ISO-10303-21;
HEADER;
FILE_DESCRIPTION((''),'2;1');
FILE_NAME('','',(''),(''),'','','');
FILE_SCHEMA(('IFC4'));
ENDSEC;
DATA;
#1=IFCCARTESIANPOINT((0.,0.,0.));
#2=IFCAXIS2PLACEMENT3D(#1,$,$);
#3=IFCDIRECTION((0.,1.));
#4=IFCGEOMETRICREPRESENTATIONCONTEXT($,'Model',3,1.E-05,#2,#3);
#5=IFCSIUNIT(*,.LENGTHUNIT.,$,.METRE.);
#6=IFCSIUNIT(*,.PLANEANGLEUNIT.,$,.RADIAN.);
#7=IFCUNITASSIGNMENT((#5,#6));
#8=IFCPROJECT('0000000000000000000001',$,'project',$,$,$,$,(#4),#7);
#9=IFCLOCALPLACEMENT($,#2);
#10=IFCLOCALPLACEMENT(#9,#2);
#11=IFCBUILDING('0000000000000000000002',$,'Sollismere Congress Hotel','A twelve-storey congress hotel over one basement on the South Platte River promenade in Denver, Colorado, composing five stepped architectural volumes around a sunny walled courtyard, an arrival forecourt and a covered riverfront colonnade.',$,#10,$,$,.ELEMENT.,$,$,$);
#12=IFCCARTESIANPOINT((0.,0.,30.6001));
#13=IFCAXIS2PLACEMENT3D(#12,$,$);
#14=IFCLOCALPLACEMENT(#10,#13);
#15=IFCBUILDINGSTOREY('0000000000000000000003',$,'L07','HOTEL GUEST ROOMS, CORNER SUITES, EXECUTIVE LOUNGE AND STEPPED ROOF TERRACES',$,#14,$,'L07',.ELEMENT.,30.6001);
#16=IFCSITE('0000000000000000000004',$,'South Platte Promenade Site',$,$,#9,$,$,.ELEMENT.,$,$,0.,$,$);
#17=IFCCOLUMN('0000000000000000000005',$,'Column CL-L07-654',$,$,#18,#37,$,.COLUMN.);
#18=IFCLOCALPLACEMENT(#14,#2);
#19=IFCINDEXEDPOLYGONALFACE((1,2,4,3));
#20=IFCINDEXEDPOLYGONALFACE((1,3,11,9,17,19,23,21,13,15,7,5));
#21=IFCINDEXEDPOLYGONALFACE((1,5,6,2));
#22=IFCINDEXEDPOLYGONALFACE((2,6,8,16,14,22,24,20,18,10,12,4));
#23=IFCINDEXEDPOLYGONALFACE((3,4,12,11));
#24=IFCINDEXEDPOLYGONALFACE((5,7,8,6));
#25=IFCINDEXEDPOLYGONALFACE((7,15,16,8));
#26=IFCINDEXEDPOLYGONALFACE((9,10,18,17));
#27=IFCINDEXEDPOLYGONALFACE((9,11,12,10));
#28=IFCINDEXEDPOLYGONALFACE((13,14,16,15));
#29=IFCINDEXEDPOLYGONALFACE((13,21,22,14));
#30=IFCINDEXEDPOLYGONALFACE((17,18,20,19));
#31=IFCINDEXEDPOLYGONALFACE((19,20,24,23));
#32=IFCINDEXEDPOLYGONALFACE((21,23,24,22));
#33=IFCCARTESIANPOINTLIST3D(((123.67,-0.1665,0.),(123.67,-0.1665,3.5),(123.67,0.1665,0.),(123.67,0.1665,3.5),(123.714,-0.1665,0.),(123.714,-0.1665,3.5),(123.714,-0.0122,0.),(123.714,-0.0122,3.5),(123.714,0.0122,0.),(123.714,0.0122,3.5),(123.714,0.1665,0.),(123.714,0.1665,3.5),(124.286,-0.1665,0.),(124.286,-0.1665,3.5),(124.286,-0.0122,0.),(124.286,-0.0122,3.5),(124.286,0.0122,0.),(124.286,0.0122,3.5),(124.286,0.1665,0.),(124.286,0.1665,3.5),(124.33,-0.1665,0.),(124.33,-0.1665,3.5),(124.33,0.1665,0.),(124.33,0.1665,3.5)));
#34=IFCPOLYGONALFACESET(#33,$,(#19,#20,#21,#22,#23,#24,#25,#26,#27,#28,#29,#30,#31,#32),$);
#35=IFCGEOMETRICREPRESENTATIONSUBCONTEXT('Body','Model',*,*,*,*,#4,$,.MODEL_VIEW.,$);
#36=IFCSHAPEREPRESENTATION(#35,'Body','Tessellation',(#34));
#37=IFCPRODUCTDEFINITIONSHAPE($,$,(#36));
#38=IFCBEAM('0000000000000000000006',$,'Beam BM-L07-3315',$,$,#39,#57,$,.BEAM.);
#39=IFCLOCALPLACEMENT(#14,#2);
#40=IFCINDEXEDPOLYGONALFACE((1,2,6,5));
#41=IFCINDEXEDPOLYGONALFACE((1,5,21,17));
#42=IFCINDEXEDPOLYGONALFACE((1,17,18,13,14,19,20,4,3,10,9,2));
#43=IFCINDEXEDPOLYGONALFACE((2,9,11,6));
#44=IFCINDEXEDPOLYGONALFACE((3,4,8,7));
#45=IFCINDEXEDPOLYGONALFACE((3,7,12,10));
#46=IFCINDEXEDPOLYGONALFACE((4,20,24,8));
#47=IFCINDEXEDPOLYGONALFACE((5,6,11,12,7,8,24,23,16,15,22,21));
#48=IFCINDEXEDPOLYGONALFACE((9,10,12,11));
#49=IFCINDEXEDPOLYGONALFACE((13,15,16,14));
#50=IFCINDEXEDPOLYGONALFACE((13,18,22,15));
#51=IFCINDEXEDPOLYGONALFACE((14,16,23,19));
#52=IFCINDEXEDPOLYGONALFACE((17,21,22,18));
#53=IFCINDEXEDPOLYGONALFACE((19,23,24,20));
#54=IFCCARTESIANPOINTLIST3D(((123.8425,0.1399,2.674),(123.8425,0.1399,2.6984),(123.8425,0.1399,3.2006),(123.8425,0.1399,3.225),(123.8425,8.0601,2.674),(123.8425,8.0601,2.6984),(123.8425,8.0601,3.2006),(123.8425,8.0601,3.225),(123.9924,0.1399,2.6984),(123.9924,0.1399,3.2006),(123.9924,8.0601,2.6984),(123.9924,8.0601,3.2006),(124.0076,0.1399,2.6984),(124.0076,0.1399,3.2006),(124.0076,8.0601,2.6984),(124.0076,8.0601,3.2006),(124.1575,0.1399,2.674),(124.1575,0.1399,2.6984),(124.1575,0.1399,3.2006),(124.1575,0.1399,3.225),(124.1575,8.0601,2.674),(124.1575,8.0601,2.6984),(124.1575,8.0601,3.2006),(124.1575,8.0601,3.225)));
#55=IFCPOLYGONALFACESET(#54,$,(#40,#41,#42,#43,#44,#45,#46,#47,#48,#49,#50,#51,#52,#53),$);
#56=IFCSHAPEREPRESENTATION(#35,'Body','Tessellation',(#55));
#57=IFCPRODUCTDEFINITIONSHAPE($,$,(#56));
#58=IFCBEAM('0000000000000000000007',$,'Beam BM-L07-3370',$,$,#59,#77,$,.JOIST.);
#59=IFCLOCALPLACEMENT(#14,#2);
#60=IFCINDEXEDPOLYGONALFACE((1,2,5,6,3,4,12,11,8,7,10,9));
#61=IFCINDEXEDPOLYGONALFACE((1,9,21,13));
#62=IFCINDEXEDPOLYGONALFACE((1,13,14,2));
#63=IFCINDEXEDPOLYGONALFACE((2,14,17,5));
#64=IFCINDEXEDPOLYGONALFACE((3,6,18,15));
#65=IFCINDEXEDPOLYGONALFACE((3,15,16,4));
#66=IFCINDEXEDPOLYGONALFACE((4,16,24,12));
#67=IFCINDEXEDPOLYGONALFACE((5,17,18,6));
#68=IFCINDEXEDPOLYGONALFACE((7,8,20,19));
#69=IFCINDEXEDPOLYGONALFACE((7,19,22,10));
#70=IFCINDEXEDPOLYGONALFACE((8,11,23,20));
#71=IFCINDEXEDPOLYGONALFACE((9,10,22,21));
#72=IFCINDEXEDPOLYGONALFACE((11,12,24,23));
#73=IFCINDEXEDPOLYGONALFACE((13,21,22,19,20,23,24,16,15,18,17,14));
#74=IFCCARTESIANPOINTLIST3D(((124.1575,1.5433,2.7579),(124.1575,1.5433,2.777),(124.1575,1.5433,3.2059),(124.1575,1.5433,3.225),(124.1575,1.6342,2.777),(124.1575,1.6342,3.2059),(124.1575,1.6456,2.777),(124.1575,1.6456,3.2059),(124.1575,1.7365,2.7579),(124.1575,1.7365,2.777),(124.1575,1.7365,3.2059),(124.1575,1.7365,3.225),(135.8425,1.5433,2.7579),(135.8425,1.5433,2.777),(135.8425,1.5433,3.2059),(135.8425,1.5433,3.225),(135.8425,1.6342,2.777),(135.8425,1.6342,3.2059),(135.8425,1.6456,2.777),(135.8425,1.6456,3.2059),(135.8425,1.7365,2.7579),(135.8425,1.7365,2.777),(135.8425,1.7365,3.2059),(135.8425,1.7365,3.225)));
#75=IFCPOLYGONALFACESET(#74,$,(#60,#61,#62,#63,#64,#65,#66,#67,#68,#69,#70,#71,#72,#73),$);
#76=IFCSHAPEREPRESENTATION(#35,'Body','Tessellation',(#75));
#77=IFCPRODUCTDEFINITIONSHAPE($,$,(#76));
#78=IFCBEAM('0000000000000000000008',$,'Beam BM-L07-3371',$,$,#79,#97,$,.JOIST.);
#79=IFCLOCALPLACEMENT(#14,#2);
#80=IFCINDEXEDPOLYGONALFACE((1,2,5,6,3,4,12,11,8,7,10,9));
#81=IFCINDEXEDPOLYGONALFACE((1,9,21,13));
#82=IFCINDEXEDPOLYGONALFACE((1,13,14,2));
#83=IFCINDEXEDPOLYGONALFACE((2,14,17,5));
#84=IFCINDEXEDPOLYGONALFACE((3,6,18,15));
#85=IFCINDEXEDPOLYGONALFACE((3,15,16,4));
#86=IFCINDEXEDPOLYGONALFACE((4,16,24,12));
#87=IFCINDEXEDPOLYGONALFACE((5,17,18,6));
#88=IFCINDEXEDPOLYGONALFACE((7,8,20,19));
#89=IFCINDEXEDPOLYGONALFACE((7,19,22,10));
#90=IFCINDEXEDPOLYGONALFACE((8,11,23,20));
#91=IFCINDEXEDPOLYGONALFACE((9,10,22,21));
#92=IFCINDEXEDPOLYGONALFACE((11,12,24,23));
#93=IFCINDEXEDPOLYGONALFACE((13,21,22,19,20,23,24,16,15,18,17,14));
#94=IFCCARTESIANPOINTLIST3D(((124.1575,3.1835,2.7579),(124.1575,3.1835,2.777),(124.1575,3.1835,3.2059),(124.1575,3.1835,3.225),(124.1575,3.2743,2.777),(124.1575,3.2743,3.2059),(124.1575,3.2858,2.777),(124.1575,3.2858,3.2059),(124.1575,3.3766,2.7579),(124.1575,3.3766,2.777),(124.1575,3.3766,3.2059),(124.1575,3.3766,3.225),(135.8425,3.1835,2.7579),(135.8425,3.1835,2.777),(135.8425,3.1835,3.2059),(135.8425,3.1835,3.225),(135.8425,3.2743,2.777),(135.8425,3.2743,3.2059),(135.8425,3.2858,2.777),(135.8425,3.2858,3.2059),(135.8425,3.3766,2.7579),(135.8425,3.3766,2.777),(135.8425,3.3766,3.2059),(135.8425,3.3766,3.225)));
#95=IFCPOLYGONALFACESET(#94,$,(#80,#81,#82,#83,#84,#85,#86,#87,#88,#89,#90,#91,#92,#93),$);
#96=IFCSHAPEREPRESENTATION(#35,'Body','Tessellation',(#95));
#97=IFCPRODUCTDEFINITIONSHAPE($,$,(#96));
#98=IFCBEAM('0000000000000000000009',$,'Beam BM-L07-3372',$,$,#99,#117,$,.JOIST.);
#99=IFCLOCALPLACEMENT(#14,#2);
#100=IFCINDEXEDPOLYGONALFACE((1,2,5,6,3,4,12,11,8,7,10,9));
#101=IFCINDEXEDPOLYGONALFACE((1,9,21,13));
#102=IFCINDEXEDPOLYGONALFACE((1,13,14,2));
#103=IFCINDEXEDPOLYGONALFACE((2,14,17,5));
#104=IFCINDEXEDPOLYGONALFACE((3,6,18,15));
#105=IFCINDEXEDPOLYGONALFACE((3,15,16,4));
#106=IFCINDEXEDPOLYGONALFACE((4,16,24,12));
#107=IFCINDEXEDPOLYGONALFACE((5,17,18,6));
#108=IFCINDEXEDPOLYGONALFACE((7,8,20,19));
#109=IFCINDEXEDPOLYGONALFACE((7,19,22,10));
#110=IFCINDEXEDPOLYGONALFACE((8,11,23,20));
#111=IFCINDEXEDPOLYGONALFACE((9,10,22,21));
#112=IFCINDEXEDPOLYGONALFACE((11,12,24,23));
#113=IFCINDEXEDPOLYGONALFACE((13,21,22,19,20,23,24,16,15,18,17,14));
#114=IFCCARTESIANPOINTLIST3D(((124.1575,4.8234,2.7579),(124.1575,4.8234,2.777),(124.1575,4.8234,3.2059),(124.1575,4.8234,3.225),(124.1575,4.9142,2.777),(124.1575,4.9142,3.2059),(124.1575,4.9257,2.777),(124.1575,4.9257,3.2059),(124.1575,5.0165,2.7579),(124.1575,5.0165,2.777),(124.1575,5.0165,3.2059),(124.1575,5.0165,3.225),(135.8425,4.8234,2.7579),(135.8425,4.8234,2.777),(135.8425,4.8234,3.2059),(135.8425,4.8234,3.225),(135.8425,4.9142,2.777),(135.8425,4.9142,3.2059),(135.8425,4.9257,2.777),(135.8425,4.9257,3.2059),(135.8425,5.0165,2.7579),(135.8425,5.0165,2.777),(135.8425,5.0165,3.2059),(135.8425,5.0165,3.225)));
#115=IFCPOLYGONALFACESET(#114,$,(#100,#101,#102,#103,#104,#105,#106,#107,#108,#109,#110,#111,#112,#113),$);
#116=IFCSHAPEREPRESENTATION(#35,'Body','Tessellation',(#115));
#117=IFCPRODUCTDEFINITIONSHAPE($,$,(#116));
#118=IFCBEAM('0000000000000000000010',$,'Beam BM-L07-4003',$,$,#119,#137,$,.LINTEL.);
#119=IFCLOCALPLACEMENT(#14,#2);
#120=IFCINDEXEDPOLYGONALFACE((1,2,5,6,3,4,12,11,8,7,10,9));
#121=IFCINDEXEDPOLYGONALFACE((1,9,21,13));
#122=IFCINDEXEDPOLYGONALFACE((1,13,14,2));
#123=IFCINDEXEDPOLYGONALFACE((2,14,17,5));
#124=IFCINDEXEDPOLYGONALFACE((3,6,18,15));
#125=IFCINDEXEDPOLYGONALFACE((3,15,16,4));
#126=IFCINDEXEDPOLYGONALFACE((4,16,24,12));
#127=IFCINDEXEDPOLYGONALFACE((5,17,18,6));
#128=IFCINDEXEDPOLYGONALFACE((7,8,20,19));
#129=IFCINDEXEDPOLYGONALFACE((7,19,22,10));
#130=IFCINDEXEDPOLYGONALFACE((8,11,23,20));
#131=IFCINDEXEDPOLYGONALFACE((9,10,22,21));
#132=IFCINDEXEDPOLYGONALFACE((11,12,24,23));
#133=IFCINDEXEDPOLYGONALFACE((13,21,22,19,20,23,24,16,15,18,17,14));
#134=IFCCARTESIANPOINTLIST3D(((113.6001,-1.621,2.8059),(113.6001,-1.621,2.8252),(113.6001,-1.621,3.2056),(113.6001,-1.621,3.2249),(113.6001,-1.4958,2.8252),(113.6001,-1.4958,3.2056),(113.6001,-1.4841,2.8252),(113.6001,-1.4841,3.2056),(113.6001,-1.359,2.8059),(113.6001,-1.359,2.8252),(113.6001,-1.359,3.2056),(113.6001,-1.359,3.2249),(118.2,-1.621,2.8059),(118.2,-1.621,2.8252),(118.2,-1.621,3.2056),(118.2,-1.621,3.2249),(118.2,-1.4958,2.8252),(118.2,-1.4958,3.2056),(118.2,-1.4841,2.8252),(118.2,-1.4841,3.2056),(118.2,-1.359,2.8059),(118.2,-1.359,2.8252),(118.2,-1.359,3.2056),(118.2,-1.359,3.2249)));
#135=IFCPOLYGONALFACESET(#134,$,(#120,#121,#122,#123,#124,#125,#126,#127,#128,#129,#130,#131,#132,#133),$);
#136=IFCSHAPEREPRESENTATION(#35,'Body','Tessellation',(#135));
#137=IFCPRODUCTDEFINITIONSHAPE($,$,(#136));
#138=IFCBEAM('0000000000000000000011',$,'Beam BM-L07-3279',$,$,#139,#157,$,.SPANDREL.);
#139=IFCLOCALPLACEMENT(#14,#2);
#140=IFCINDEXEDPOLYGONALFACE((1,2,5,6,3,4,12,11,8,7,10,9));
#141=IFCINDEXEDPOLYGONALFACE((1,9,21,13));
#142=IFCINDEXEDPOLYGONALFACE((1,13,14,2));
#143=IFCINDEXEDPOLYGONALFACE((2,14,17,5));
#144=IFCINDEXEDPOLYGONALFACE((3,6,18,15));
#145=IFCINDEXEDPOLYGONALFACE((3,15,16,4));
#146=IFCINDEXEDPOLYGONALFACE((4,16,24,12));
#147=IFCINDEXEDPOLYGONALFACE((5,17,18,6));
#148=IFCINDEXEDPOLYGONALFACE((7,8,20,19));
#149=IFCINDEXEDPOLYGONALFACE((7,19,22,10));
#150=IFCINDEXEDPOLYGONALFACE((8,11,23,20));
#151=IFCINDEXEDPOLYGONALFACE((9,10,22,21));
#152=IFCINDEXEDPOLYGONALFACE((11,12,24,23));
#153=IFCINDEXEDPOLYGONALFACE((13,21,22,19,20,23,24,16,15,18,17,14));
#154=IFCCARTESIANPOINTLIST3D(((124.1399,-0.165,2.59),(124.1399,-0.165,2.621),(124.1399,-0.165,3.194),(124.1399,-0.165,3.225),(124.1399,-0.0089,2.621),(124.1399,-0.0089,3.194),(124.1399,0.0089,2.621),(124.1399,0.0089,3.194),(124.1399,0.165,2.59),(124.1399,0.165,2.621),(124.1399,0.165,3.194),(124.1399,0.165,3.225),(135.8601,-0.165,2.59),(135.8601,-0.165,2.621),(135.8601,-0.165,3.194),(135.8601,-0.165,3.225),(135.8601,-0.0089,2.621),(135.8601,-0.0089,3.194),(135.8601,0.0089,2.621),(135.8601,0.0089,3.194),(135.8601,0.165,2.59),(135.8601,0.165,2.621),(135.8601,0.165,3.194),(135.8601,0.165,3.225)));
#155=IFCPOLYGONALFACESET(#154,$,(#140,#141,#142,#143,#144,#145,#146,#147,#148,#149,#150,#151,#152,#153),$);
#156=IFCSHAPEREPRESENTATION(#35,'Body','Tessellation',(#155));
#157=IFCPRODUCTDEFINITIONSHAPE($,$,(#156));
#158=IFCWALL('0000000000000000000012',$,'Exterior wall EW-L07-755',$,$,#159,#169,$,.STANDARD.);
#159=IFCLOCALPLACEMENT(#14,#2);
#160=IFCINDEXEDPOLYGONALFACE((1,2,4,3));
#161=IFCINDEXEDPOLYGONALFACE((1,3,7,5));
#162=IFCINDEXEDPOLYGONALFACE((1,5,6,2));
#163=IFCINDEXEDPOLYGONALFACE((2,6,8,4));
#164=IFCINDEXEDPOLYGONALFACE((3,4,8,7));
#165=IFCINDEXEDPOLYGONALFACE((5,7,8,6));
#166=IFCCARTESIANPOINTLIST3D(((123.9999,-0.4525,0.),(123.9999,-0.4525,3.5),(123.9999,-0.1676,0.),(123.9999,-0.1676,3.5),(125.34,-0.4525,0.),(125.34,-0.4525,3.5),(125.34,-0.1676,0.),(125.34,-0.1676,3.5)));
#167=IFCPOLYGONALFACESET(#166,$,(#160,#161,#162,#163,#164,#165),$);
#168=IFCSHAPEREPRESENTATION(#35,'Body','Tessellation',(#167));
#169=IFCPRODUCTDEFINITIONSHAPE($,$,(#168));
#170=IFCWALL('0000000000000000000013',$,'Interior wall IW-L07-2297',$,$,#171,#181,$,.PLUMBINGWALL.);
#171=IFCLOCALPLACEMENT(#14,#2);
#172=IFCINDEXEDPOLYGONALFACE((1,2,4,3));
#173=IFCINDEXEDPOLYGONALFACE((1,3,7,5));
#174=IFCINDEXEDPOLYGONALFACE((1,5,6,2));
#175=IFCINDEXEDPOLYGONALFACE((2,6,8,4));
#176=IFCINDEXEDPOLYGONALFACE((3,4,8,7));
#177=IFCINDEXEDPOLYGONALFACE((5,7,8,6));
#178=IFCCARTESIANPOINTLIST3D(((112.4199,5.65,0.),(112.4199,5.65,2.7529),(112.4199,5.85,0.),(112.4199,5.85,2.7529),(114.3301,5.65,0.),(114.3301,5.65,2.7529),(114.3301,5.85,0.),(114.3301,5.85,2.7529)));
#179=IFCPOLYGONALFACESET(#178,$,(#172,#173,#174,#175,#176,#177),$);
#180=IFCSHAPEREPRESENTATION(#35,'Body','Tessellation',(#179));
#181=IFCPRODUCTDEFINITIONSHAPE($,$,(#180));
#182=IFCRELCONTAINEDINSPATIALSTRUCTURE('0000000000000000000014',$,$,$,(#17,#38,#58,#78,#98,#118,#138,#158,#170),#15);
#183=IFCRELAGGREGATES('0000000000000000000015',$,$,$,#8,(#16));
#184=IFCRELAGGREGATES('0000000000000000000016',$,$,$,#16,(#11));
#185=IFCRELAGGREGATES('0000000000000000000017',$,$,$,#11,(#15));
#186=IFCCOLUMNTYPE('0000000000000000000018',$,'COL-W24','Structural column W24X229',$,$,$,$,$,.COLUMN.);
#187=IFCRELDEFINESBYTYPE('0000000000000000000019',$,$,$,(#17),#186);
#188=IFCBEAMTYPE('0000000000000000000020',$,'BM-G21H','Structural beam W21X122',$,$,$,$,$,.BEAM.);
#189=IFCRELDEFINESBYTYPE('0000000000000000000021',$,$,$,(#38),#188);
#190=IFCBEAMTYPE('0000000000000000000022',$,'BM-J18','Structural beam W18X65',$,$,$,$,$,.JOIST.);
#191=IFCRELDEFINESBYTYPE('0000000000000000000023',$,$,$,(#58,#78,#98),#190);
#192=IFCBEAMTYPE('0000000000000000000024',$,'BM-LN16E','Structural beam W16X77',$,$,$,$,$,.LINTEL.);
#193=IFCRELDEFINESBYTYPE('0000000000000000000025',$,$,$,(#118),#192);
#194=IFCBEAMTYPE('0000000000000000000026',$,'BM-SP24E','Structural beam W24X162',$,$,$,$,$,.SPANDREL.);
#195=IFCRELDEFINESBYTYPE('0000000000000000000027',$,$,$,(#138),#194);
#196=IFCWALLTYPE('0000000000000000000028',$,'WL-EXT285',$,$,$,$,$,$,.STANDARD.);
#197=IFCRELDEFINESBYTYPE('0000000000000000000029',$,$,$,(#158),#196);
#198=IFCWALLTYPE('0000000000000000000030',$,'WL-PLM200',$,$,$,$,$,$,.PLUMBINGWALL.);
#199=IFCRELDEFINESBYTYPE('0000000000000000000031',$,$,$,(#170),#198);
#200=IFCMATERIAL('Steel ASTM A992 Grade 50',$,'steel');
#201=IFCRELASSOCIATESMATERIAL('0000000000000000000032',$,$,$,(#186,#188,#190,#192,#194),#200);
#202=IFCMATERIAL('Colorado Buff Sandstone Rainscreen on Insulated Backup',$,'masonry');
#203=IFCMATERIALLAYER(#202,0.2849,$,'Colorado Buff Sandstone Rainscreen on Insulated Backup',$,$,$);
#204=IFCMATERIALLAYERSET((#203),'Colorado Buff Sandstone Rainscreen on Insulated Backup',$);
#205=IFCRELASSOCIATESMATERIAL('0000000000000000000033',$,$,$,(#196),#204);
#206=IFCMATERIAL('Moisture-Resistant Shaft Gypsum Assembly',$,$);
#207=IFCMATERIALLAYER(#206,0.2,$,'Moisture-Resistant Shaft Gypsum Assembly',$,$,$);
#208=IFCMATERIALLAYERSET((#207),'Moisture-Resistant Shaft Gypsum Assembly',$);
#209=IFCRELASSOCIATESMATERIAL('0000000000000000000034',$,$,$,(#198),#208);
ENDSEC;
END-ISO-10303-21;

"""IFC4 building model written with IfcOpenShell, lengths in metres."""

from ifc_helpers import new_model, si_unit, direction, frame, frame_2d, origin, origin_2d, place, context, subcontext, project, spatial, rectangle, i_section, extrude, material, layer, layer_set, material_profile, profile_set, type_object, element, save


model = new_model("IFC4")

# Units and contexts
model_context = context("Model", 3, precision=1e-05, world=origin(), true_north=direction((0.0, 1.0)))
body_context = subcontext(model_context, "Body", "Model", "MODEL_VIEW")
ifc_project = project(units=[si_unit("LENGTHUNIT", "METRE"), si_unit("PLANEANGLEUNIT", "RADIAN")], contexts=[model_context])

# Site, building, storey
site_placement = place(None, origin())
site = spatial("IfcSite", under=ifc_project, at=site_placement, Name="South Platte Promenade Site", CompositionType="ELEMENT", RefElevation=0.0)
building_placement = place(site_placement, origin())
building = spatial("IfcBuilding", under=site, at=building_placement, Name="Sollismere Congress Hotel", Description="A twelve-storey congress hotel over one basement on the South Platte River promenade in Denver, Colorado, composing five stepped architectural volumes around a sunny walled courtyard, an arrival forecourt and a covered riverfront colonnade.", CompositionType="ELEMENT")
storey_placement = place(building_placement, frame((0.0, 0.0, 30.6001)))
storey = spatial("IfcBuildingStorey", under=building, at=storey_placement, Name="L07", Description="HOTEL GUEST ROOMS, CORNER SUITES, EXECUTIVE LOUNGE AND STEPPED ROOF TERRACES", LongName="L07", CompositionType="ELEMENT", Elevation=30.6001)

# Column
ifc_material_1 = material(Name="Steel ASTM A992 Grade 50", Category="steel")
ifc_material_profile_1 = material_profile(ifc_material_1, i_section(OverallWidth=0.333, OverallDepth=0.6599, WebThickness=0.0244, FlangeThickness=0.0439, at=origin_2d()), Name="W24X229")
ifc_profile_set_1 = profile_set([ifc_material_profile_1], Name="Steel ASTM A992 Grade 50")
column_type = type_object("IfcColumnType", Name="COL-W24", Description="Structural column W24X229", PredefinedType="COLUMN", material=ifc_profile_set_1)
column_placement = place(storey_placement, frame((124.0, 0.0, 0.0), z_axis=(0.0, 0.0, 1.0), x_axis=(0.0, 1.0, 0.0)))
element("IfcColumn", 1, at=column_placement, inside=storey, type_object=column_type, Name="Column CL-L07-654", PredefinedType="COLUMN", context=body_context, shape_type="SweptSolid", body=[
    extrude(i_section(OverallWidth=0.333, OverallDepth=0.6599, WebThickness=0.0244, FlangeThickness=0.0439, at=origin_2d()), origin(), (0.0, 0.0, 1.0), 3.5),
])

# Beams
ifc_material_profile_2 = material_profile(ifc_material_1, i_section(OverallWidth=0.3149, OverallDepth=0.551, WebThickness=0.0151, FlangeThickness=0.0244, at=origin_2d()), Name="W21X122")
ifc_profile_set_2 = profile_set([ifc_material_profile_2], Name="Steel ASTM A992 Grade 50")
beam_type_1 = type_object("IfcBeamType", Name="BM-G21H", Description="Structural beam W21X122", PredefinedType="BEAM", material=ifc_profile_set_2)
beam_1_placement = place(storey_placement, frame((124.0, 0.1399, 2.9495), z_axis=(0.0, 1.0, 0.0), x_axis=(-1.0, 0.0, 0.0)))
element("IfcBeam", 2, at=beam_1_placement, inside=storey, type_object=beam_type_1, Name="Beam BM-L07-3315", PredefinedType="BEAM", context=body_context, shape_type="SweptSolid", body=[
    extrude(i_section(OverallWidth=0.3149, OverallDepth=0.551, WebThickness=0.0151, FlangeThickness=0.0244, at=origin_2d()), origin(), (0.0, 0.0, 1.0), 7.9202),
])
ifc_material_profile_3 = material_profile(ifc_material_1, i_section(OverallWidth=0.1931, OverallDepth=0.467, WebThickness=0.0115, FlangeThickness=0.019, at=origin_2d()), Name="W18X65")
ifc_profile_set_3 = profile_set([ifc_material_profile_3], Name="Steel ASTM A992 Grade 50")
beam_type_2 = type_object("IfcBeamType", Name="BM-J18", Description="Structural beam W18X65", PredefinedType="JOIST", material=ifc_profile_set_3)
for number, where, z_axis, x_axis, name in (
    (3, (124.1575, 1.6399, 2.9915), (1.0, 0.0, 0.0), (0.0, 1.0, 0.0), "Beam BM-L07-3370"),
    (4, (124.1575, 3.28, 2.9915), (1.0, 0.0, 0.0), (0.0, 1.0, 0.0), "Beam BM-L07-3371"),
    (5, (124.1575, 4.9199, 2.9915), (1.0, 0.0, 0.0), (0.0, 1.0, 0.0), "Beam BM-L07-3372"),
):
    element("IfcBeam", number, at=place(storey_placement, frame(where, z_axis=z_axis, x_axis=x_axis)), inside=storey, type_object=beam_type_2, Name=name, PredefinedType="JOIST", context=body_context, shape_type="SweptSolid", body=[
        extrude(i_section(OverallWidth=0.1931, OverallDepth=0.467, WebThickness=0.0115, FlangeThickness=0.019, at=origin_2d()), origin(), (0.0, 0.0, 1.0), 11.6851),
    ])
ifc_material_profile_4 = material_profile(ifc_material_1, i_section(OverallWidth=0.262, OverallDepth=0.4189, WebThickness=0.0117, FlangeThickness=0.0193, at=origin_2d()), Name="W16X77")
ifc_profile_set_4 = profile_set([ifc_material_profile_4], Name="Steel ASTM A992 Grade 50")
beam_type_3 = type_object("IfcBeamType", Name="BM-LN16E", Description="Structural beam W16X77", PredefinedType="LINTEL", material=ifc_profile_set_4)
beam_2_placement = place(storey_placement, frame((113.6001, -1.49, 3.0154), z_axis=(1.0, 0.0, 0.0), x_axis=(0.0, 1.0, 0.0)))
element("IfcBeam", 6, at=beam_2_placement, inside=storey, type_object=beam_type_3, Name="Beam BM-L07-4003", PredefinedType="LINTEL", context=body_context, shape_type="SweptSolid", body=[
    extrude(i_section(OverallWidth=0.262, OverallDepth=0.4189, WebThickness=0.0117, FlangeThickness=0.0193, at=origin_2d()), origin(), (0.0, 0.0, 1.0), 4.5999),
])
ifc_material_profile_5 = material_profile(ifc_material_1, i_section(OverallWidth=0.3301, OverallDepth=0.635, WebThickness=0.0178, FlangeThickness=0.031, at=origin_2d()), Name="W24X162")
ifc_profile_set_5 = profile_set([ifc_material_profile_5], Name="Steel ASTM A992 Grade 50")
beam_type_4 = type_object("IfcBeamType", Name="BM-SP24E", Description="Structural beam W24X162", PredefinedType="SPANDREL", material=ifc_profile_set_5)
beam_3_placement = place(storey_placement, frame((124.1399, 0.0, 2.9075), z_axis=(1.0, 0.0, 0.0), x_axis=(0.0, 1.0, 0.0)))
element("IfcBeam", 7, at=beam_3_placement, inside=storey, type_object=beam_type_4, Name="Beam BM-L07-3279", PredefinedType="SPANDREL", context=body_context, shape_type="SweptSolid", body=[
    extrude(i_section(OverallWidth=0.3301, OverallDepth=0.635, WebThickness=0.0178, FlangeThickness=0.031, at=origin_2d()), origin(), (0.0, 0.0, 1.0), 11.7202),
])

# Walls
ifc_material_2 = material(Name="Colorado Buff Sandstone Rainscreen on Insulated Backup", Category="masonry")
ifc_layer_1 = layer(ifc_material_2, 0.2849, Name="Colorado Buff Sandstone Rainscreen on Insulated Backup")
ifc_layer_set_1 = layer_set([ifc_layer_1], Name="Colorado Buff Sandstone Rainscreen on Insulated Backup")
wall_type_1 = type_object("IfcWallType", Name="WL-EXT285", PredefinedType="STANDARD", material=ifc_layer_set_1)
wall_1_placement = place(storey_placement, frame((124.0, -0.3101, 0.0), z_axis=(0.0, 0.0, 1.0), x_axis=(1.0, 0.0, 0.0)))
element("IfcWall", 8, at=wall_1_placement, inside=storey, type_object=wall_type_1, Name="Exterior wall EW-L07-755", PredefinedType="STANDARD", context=body_context, shape_type="SweptSolid", body=[
    extrude(rectangle(XDim=1.3401, YDim=0.2849, at=frame_2d((0.6699, 0.0))), origin(), (0.0, 0.0, 1.0), 3.5),
])
ifc_material_3 = material(Name="Moisture-Resistant Shaft Gypsum Assembly")
ifc_layer_2 = layer(ifc_material_3, 0.2, Name="Moisture-Resistant Shaft Gypsum Assembly")
ifc_layer_set_2 = layer_set([ifc_layer_2], Name="Moisture-Resistant Shaft Gypsum Assembly")
wall_type_2 = type_object("IfcWallType", Name="WL-PLM200", PredefinedType="PLUMBINGWALL", material=ifc_layer_set_2)
wall_2_placement = place(storey_placement, frame((112.4199, 5.75, 0.0), z_axis=(0.0, 0.0, 1.0), x_axis=(1.0, 0.0, 0.0)))
element("IfcWall", 9, at=wall_2_placement, inside=storey, type_object=wall_type_2, Name="Interior wall IW-L07-2297", PredefinedType="PLUMBINGWALL", context=body_context, shape_type="SweptSolid", body=[
    extrude(rectangle(XDim=1.9102, YDim=0.2, at=frame_2d((0.9551, 0.0))), origin(), (0.0, 0.0, 1.0), 2.7529),
])

save(model, "model.ifc")
